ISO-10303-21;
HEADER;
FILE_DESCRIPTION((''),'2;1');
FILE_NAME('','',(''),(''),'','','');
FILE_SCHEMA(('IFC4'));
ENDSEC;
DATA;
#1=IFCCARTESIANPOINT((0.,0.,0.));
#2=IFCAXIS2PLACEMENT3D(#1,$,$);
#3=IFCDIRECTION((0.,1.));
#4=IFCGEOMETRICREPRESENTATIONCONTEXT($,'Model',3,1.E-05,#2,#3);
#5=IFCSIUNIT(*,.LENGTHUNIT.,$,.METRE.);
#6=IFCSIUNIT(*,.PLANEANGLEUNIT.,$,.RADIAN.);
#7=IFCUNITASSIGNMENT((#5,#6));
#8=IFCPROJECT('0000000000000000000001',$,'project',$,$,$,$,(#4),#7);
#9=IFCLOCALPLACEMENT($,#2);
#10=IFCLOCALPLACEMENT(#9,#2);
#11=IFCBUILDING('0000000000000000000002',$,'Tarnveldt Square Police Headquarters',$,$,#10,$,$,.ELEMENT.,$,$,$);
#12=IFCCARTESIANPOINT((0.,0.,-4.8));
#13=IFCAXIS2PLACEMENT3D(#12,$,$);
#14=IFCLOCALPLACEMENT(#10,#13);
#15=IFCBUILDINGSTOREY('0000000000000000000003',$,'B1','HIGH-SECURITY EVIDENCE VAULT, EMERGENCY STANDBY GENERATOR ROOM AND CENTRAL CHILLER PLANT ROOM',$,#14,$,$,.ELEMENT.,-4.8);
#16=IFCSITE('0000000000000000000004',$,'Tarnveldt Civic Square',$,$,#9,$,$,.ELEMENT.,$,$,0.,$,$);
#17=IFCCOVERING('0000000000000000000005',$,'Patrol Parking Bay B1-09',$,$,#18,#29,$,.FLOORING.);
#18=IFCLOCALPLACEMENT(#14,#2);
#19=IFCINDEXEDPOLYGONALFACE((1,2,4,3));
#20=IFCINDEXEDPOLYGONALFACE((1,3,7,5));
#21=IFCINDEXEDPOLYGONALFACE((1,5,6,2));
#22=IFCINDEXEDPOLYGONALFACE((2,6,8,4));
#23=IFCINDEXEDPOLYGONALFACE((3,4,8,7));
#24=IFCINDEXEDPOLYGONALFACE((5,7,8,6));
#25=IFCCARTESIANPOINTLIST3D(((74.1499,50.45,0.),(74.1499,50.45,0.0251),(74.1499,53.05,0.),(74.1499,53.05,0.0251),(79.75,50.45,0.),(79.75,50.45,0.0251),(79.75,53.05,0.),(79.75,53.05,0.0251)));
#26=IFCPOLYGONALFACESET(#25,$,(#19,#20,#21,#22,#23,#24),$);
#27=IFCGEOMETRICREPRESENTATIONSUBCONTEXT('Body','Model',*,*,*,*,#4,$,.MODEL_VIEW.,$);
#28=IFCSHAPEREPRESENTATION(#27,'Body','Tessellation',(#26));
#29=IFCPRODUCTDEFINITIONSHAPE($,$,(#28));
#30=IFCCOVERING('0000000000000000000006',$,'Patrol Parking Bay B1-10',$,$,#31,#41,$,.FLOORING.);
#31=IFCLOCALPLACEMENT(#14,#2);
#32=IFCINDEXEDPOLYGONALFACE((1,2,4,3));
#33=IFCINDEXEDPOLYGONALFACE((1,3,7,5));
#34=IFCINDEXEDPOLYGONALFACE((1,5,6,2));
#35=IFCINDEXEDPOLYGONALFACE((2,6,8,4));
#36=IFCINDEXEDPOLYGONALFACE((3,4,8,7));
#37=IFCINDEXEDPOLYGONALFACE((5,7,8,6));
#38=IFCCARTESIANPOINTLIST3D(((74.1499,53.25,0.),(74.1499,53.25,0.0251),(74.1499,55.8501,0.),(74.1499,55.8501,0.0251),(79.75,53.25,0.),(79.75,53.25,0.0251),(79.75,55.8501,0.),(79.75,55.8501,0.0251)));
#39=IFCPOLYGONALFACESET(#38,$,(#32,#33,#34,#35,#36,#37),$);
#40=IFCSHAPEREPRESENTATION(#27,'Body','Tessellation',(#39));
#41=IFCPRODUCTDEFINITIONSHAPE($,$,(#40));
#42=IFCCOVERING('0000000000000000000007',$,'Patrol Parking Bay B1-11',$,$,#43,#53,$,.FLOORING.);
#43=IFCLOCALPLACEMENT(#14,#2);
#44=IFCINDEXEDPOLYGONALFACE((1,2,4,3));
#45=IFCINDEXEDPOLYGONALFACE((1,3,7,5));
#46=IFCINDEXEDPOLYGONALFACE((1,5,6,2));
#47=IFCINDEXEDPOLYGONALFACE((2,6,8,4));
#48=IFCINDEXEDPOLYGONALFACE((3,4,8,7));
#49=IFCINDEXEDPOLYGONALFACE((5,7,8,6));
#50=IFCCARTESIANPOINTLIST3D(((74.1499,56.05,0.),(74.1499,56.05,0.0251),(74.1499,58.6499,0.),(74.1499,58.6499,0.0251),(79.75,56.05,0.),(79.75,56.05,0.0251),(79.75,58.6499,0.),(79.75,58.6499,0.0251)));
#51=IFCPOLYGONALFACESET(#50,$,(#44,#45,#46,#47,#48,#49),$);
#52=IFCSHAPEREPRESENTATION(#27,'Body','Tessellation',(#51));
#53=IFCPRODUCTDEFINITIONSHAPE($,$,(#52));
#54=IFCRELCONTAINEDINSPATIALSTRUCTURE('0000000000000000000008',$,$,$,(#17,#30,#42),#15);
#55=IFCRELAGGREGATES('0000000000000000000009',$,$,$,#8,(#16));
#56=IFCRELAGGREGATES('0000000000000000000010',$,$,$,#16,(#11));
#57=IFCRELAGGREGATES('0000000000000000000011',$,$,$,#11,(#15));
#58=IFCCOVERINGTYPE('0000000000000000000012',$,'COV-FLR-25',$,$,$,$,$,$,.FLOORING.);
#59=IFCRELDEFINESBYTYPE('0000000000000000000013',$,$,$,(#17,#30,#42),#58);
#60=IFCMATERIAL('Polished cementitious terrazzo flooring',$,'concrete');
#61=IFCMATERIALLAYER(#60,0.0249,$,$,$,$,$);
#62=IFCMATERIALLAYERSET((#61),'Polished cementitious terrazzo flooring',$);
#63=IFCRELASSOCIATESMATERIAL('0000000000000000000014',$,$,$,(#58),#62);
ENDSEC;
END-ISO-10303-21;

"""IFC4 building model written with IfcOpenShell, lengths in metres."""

from ifc_helpers import new_model, si_unit, direction, frame, origin, place, context, subcontext, project, spatial, polyline, outline, extrude, material, layer, layer_set, type_object, element, save


model = new_model("IFC4")

# Units and contexts
model_context = context("Model", 3, precision=1e-05, world=origin(), true_north=direction((0.0, 1.0)))
body_context = subcontext(model_context, "Body", "Model", "MODEL_VIEW")
ifc_project = project(units=[si_unit("LENGTHUNIT", "METRE"), si_unit("PLANEANGLEUNIT", "RADIAN")], contexts=[model_context])

# Site, building, storey
site_placement = place(None, origin())
site = spatial("IfcSite", under=ifc_project, at=site_placement, Name="Tarnveldt Civic Square", CompositionType="ELEMENT", RefElevation=0.0)
building_placement = place(site_placement, origin())
building = spatial("IfcBuilding", under=site, at=building_placement, Name="Tarnveldt Square Police Headquarters", CompositionType="ELEMENT")
storey_placement = place(building_placement, frame((0.0, 0.0, -4.8)))
storey = spatial("IfcBuildingStorey", under=building, at=storey_placement, Name="B1", Description="HIGH-SECURITY EVIDENCE VAULT, EMERGENCY STANDBY GENERATOR ROOM AND CENTRAL CHILLER PLANT ROOM", CompositionType="ELEMENT", Elevation=-4.8)

# Coverings
ifc_material_1 = material(Name="Polished cementitious terrazzo flooring", Category="concrete")
ifc_layer = layer(ifc_material_1, 0.0249)
ifc_layer_set = layer_set([ifc_layer], Name="Polished cementitious terrazzo flooring")
covering_type = type_object("IfcCoveringType", Name="COV-FLR-25", PredefinedType="FLOORING", material=ifc_layer_set)
covering_1_placement = place(storey_placement, origin())
element("IfcCovering", 1, at=covering_1_placement, inside=storey, type_object=covering_type, Name="Patrol Parking Bay B1-09", PredefinedType="FLOORING", context=body_context, shape_type="SweptSolid", body=[
    extrude(outline(polyline([(79.75, 50.45), (79.75, 53.05), (74.1499, 53.05), (74.1499, 50.45), (79.75, 50.45)])), origin(), (0.0, 0.0, 1.0), 0.0251),
])
covering_2_placement = place(storey_placement, origin())
element("IfcCovering", 2, at=covering_2_placement, inside=storey, type_object=covering_type, Name="Patrol Parking Bay B1-10", PredefinedType="FLOORING", context=body_context, shape_type="SweptSolid", body=[
    extrude(outline(polyline([(79.75, 53.25), (79.75, 55.8501), (74.1499, 55.8501), (74.1499, 53.25), (79.75, 53.25)])), origin(), (0.0, 0.0, 1.0), 0.0251),
])
covering_3_placement = place(storey_placement, origin())
element("IfcCovering", 3, at=covering_3_placement, inside=storey, type_object=covering_type, Name="Patrol Parking Bay B1-11", PredefinedType="FLOORING", context=body_context, shape_type="SweptSolid", body=[
    extrude(outline(polyline([(79.75, 56.05), (79.75, 58.6499), (74.1499, 58.6499), (74.1499, 56.05), (79.75, 56.05)])), origin(), (0.0, 0.0, 1.0), 0.0251),
])

save(model, "model.ifc")
